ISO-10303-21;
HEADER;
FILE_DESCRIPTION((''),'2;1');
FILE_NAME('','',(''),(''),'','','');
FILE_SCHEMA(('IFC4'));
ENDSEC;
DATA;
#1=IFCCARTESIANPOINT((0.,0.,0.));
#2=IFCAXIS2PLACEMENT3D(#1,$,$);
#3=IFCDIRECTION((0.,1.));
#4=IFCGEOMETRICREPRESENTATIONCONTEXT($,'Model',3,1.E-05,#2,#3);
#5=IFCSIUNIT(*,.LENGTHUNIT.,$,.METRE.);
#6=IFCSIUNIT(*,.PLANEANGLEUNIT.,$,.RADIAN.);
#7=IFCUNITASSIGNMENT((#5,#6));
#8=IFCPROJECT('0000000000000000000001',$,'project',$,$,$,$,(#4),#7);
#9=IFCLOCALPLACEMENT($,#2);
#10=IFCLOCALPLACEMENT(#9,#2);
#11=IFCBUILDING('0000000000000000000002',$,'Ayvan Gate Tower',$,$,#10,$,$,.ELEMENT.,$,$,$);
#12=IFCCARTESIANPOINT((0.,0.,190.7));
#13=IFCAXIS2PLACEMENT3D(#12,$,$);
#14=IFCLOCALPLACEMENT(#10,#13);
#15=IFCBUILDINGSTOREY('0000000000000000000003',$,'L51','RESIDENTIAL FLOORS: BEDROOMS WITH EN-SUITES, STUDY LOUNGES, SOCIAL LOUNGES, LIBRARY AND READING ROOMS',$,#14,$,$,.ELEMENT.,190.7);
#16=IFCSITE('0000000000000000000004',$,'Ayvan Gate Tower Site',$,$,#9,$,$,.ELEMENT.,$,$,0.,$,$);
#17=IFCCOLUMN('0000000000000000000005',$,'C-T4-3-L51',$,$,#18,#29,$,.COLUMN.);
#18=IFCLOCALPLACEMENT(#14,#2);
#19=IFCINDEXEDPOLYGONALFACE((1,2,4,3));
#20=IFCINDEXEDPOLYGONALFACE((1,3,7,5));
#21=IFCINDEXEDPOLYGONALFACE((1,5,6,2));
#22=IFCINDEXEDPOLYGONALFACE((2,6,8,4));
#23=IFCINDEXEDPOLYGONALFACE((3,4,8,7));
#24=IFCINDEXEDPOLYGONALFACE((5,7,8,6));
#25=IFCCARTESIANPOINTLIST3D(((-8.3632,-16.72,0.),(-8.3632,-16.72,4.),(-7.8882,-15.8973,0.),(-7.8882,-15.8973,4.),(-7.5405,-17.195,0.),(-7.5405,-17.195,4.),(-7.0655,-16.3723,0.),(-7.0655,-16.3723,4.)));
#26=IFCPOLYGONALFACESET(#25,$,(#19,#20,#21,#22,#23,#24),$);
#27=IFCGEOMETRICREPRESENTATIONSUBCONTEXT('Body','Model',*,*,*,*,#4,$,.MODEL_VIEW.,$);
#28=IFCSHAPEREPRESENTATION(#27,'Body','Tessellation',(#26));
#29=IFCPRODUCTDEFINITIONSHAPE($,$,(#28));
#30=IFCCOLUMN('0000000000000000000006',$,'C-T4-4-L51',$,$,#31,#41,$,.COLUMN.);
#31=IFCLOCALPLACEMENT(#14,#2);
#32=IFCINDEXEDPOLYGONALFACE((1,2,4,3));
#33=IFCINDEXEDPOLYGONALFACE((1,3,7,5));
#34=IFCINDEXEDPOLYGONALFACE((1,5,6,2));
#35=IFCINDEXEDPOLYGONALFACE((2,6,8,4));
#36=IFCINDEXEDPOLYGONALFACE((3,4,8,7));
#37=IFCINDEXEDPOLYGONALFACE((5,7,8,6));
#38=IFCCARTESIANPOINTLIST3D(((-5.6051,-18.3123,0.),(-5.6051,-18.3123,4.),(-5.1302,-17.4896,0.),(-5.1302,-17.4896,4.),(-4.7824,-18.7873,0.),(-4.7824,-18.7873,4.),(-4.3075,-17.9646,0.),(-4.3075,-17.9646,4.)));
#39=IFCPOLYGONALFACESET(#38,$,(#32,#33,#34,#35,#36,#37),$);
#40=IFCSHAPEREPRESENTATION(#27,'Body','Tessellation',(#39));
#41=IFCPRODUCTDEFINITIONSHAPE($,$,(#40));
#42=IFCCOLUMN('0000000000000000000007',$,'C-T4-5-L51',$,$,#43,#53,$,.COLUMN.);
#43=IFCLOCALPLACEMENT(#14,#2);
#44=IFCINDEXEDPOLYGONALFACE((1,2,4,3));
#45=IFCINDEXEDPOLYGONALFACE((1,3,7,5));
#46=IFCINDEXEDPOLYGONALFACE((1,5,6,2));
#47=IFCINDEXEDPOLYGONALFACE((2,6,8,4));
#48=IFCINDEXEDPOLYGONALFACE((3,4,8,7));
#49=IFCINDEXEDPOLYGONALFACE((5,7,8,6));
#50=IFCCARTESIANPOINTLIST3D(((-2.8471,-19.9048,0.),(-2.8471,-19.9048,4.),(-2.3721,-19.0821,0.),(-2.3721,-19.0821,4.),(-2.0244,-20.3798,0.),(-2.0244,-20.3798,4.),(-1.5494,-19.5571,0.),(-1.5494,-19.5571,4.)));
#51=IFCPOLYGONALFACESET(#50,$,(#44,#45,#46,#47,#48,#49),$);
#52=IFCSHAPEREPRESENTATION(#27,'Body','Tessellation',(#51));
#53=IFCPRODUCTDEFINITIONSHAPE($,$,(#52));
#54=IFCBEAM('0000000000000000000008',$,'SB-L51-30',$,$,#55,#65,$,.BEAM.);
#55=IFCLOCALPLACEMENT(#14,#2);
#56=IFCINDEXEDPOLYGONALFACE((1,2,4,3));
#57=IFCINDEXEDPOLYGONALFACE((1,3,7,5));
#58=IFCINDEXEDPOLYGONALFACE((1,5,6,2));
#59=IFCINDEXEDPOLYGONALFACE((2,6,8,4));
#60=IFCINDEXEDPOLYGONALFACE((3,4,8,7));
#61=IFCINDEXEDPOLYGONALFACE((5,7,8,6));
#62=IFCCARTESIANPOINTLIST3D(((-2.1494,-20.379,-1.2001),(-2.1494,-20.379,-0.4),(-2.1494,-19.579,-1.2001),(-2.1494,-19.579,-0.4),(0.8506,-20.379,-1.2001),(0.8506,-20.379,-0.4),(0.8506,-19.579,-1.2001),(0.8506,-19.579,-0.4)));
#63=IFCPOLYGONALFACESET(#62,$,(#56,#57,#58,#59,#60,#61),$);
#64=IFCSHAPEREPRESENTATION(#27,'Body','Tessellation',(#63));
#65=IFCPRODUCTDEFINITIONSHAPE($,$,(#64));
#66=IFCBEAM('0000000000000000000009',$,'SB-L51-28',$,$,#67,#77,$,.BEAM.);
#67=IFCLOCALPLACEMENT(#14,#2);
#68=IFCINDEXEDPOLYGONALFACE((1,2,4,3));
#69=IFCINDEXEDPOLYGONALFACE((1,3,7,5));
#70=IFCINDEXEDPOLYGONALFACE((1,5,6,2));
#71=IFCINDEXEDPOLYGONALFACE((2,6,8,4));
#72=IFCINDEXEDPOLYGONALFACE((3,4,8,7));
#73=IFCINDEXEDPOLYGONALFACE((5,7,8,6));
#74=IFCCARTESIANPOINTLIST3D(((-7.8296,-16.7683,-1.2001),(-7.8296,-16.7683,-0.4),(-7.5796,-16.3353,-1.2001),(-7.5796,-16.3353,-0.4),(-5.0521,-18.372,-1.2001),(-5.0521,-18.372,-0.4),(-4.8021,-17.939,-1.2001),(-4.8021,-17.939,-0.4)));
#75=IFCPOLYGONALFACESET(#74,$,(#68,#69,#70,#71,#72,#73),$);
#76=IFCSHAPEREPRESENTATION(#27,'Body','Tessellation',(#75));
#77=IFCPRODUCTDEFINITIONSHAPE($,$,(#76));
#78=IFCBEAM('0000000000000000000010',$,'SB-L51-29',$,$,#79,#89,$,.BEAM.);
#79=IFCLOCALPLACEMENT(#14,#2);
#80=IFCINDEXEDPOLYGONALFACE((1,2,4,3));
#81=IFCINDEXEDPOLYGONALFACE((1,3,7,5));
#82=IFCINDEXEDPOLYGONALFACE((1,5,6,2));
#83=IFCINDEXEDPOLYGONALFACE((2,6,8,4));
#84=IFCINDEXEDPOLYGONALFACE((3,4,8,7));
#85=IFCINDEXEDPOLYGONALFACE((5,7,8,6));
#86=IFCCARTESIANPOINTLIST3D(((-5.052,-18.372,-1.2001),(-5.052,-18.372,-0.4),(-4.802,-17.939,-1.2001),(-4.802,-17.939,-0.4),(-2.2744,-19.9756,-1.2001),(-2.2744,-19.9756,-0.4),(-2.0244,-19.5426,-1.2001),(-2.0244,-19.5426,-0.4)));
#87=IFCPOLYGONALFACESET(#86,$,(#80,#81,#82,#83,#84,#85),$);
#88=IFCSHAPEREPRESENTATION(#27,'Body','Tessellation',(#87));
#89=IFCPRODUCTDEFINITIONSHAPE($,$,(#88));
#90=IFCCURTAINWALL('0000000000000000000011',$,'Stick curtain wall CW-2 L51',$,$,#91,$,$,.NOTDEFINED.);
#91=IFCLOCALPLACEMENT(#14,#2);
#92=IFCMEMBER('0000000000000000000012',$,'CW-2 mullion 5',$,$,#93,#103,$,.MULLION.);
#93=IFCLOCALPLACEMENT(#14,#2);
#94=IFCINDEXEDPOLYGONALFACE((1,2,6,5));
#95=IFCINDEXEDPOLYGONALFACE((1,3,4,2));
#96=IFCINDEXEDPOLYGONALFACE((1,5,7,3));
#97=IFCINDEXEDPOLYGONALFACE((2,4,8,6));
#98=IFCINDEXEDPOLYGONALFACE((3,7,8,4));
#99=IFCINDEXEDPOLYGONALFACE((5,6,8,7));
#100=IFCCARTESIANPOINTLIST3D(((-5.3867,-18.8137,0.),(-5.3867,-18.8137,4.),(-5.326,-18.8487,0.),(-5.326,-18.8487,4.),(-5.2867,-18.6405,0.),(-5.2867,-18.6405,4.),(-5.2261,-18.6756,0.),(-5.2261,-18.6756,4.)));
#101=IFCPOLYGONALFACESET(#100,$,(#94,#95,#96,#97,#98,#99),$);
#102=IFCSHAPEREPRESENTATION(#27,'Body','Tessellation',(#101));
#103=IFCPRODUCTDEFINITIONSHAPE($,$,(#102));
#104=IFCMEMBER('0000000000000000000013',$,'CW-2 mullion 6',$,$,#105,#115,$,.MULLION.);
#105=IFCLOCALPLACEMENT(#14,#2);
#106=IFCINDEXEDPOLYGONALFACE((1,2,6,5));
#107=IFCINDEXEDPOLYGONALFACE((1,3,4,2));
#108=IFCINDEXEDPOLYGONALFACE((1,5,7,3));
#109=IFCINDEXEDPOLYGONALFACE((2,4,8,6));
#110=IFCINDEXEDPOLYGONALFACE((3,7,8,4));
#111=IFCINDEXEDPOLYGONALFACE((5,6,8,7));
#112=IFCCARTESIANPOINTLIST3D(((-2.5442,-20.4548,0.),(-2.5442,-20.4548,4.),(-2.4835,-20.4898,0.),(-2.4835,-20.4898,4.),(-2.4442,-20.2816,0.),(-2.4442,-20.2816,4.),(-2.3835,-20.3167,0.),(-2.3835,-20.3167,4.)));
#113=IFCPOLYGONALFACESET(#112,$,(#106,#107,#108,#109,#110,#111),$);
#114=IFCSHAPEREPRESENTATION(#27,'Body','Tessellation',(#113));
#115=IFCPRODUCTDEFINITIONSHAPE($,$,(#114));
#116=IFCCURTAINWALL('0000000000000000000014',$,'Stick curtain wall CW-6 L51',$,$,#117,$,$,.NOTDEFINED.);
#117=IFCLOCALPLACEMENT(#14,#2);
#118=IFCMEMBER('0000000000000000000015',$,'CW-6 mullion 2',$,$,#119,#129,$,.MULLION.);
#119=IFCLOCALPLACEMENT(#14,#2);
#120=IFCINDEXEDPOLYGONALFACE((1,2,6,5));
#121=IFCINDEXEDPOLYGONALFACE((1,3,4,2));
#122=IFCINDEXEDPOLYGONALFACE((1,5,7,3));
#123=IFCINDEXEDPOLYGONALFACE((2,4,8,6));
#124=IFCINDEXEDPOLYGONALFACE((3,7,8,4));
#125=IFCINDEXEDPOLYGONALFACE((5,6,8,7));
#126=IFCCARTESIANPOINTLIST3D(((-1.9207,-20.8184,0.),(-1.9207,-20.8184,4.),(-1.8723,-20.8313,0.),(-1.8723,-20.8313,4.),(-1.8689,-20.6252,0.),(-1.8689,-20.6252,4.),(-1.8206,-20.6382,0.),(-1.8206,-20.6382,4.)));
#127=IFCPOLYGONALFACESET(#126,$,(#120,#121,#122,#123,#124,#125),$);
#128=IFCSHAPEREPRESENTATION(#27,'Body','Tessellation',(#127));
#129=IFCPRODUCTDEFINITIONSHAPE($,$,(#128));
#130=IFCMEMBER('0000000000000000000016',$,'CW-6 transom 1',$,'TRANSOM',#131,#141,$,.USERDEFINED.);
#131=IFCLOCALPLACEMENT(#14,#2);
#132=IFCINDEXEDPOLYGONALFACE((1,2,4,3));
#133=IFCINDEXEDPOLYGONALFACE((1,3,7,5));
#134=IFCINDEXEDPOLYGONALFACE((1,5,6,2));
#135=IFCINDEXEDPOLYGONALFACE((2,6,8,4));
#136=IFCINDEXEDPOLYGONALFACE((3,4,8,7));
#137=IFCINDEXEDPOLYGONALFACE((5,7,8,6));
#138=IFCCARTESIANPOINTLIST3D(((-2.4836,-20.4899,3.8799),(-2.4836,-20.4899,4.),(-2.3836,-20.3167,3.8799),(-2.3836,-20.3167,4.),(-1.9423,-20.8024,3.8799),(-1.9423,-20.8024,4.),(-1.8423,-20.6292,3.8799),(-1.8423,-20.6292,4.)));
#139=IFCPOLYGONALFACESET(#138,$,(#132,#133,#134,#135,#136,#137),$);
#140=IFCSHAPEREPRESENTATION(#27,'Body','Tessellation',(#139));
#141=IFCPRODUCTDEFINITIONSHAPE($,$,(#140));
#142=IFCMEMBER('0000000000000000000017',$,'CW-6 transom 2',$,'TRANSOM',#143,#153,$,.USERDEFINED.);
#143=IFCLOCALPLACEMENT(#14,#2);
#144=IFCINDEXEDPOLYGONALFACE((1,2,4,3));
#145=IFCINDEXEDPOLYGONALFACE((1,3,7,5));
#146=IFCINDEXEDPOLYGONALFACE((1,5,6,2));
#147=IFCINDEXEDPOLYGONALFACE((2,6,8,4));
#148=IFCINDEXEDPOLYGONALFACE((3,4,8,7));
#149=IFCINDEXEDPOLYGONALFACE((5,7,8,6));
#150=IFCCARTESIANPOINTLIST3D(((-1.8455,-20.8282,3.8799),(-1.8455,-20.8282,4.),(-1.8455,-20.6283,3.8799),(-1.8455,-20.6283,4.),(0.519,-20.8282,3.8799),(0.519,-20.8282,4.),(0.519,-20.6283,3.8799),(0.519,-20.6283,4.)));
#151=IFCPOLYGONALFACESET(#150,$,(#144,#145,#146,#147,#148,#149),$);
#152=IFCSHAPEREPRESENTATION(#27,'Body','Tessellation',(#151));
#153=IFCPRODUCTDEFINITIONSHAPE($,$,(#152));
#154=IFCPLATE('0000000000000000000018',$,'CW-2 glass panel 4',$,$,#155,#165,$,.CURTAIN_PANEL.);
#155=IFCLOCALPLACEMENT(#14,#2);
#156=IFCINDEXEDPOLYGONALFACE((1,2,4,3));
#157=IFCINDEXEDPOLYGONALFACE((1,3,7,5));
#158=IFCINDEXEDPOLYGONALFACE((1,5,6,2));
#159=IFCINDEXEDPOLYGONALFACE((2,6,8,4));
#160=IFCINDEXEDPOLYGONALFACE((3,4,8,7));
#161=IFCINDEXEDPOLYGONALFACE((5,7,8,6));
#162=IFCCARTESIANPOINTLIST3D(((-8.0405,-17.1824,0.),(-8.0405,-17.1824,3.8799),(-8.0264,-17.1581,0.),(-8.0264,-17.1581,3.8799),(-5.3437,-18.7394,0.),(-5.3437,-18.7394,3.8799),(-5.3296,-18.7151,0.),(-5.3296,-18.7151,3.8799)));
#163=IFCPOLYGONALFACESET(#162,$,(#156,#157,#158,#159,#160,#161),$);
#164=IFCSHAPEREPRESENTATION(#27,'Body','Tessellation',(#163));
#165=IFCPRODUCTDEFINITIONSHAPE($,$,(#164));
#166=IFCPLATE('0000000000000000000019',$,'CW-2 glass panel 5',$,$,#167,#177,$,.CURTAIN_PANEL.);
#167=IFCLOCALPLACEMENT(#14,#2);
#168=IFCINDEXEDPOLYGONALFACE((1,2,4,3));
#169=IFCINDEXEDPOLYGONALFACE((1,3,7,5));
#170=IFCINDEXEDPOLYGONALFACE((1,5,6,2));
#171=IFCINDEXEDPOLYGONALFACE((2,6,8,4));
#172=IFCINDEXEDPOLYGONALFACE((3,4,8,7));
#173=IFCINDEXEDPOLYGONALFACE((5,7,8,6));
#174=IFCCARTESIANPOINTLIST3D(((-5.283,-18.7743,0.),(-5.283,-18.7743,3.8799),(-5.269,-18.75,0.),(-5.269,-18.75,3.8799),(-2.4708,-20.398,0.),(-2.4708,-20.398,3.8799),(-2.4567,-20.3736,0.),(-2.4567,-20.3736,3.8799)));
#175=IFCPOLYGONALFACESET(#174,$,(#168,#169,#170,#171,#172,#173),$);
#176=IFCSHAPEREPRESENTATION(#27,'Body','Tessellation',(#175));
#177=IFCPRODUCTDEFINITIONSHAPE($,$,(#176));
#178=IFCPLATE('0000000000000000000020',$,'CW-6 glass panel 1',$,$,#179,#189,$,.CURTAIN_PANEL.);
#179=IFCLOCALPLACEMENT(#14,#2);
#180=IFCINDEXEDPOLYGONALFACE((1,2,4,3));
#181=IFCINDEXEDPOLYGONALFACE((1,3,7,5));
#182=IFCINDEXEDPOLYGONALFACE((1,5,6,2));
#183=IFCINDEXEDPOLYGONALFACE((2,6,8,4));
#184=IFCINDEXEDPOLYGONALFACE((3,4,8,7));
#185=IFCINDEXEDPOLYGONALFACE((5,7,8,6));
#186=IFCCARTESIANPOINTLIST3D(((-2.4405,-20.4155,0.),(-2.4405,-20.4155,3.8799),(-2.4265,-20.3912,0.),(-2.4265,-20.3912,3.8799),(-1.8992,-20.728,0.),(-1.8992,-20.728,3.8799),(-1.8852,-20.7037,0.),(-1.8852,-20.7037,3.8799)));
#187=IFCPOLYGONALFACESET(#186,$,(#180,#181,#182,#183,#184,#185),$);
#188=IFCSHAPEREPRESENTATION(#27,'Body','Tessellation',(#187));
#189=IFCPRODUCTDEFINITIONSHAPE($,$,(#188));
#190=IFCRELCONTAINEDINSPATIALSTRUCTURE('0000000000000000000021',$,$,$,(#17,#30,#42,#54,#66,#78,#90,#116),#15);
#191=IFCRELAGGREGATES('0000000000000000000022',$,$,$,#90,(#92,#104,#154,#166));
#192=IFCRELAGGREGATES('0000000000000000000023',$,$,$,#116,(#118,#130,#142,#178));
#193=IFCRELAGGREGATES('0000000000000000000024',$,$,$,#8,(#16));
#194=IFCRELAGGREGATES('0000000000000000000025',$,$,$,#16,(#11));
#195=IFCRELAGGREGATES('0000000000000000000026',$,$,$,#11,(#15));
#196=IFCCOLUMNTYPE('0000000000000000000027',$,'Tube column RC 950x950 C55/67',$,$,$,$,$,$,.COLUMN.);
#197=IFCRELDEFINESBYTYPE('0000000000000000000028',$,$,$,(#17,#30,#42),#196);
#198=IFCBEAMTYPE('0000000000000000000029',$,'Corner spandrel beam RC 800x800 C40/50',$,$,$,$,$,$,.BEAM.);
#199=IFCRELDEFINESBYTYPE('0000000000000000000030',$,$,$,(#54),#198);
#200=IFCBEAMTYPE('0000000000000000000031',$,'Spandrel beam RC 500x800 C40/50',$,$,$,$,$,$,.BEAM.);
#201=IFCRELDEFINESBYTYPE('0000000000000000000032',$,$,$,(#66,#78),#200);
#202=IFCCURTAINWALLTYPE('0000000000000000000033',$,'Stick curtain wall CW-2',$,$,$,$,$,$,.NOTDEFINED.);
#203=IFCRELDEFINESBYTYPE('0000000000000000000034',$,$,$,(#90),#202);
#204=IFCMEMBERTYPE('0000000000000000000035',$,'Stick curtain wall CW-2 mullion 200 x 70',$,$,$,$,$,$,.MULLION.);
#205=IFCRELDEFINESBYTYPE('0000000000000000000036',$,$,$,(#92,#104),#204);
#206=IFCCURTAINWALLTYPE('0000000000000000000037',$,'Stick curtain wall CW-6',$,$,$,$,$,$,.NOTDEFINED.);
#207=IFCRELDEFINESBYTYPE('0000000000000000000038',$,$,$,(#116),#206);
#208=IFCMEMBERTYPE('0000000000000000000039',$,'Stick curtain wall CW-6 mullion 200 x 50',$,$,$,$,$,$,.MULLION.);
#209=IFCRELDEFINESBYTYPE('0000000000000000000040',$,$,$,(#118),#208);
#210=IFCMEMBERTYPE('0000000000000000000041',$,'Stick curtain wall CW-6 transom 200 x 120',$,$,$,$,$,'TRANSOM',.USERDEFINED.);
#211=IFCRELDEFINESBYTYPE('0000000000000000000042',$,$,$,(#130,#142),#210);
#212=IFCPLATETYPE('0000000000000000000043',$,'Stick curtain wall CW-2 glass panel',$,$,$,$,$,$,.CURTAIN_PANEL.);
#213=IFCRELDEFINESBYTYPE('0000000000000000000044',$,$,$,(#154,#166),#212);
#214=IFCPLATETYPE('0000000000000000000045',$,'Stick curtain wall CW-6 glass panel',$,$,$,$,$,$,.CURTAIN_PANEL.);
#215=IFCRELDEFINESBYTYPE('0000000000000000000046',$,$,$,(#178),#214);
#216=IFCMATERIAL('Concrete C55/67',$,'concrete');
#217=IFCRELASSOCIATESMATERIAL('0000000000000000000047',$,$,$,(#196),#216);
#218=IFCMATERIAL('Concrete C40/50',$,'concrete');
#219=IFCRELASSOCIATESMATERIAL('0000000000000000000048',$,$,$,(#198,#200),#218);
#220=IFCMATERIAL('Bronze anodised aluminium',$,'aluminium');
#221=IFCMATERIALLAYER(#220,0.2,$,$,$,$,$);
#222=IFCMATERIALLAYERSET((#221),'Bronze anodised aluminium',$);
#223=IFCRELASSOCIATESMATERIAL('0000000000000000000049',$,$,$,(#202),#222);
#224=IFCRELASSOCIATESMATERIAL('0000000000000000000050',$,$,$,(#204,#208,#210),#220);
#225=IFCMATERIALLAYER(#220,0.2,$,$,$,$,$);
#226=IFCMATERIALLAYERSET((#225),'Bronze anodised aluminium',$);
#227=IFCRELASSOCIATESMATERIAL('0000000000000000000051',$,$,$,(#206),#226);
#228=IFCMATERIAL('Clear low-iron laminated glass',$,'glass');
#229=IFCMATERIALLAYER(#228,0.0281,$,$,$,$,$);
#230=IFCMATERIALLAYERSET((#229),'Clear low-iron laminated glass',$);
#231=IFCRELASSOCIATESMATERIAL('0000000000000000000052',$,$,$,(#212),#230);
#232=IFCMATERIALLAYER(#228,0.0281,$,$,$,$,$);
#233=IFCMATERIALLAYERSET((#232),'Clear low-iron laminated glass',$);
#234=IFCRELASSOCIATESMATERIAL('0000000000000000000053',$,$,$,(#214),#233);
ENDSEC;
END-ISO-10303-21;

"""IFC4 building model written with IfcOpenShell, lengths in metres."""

from ifc_helpers import new_model, si_unit, direction, frame, origin, origin_2d, place, context, subcontext, project, spatial, rectangle, extrude, material, layer, layer_set, material_profile, profile_set, type_object, element, aggregate, save


model = new_model("IFC4")

# Units and contexts
model_context = context("Model", 3, precision=1e-05, world=origin(), true_north=direction((0.0, 1.0)))
body_context = subcontext(model_context, "Body", "Model", "MODEL_VIEW")
ifc_project = project(units=[si_unit("LENGTHUNIT", "METRE"), si_unit("PLANEANGLEUNIT", "RADIAN")], contexts=[model_context])

# Site, building, storey
site_placement = place(None, origin())
site = spatial("IfcSite", under=ifc_project, at=site_placement, Name="Ayvan Gate Tower Site", CompositionType="ELEMENT", RefElevation=0.0)
building_placement = place(site_placement, origin())
building = spatial("IfcBuilding", under=site, at=building_placement, Name="Ayvan Gate Tower", CompositionType="ELEMENT")
storey_placement = place(building_placement, frame((0.0, 0.0, 190.7)))
storey = spatial("IfcBuildingStorey", under=building, at=storey_placement, Name="L51", Description="RESIDENTIAL FLOORS: BEDROOMS WITH EN-SUITES, STUDY LOUNGES, SOCIAL LOUNGES, LIBRARY AND READING ROOMS", CompositionType="ELEMENT", Elevation=190.7)

# Columns
ifc_material_1 = material(Name="Concrete C55/67", Category="concrete")
ifc_material_profile_1 = material_profile(ifc_material_1, rectangle(XDim=0.95, YDim=0.95, at=origin_2d()), Name="RC 950x950")
ifc_profile_set_1 = profile_set([ifc_material_profile_1], Name="Concrete C55/67")
column_type = type_object("IfcColumnType", Name="Tube column RC 950x950 C55/67", PredefinedType="COLUMN", material=ifc_profile_set_1)
for number, where, z_axis, x_axis, name in (
    (1, (-7.7144, -16.5461, 0.0), (0.0, 0.0, 1.0), (-0.5, -0.866025, 0.0), "C-T4-3-L51"),
    (2, (-4.9563, -18.1384, 0.0), (0.0, 0.0, 1.0), (-0.5, -0.866025, 0.0), "C-T4-4-L51"),
    (3, (-2.1982, -19.731, 0.0), (0.0, 0.0, 1.0), (-0.5, -0.866025, 0.0), "C-T4-5-L51"),
):
    element("IfcColumn", number, at=place(storey_placement, frame(where, z_axis=z_axis, x_axis=x_axis)), inside=storey, type_object=column_type, Name=name, PredefinedType="COLUMN", context=body_context, shape_type="SweptSolid", body=[
        extrude(rectangle(XDim=0.95, YDim=0.95, at=origin_2d()), origin(), (0.0, 0.0, 1.0), 4.0),
    ])

# Beams
ifc_material_2 = material(Name="Concrete C40/50", Category="concrete")
ifc_material_profile_2 = material_profile(ifc_material_2, rectangle(XDim=0.8, YDim=0.8, at=origin_2d()), Name="RC 800x800")
ifc_profile_set_2 = profile_set([ifc_material_profile_2], Name="Concrete C40/50")
beam_type_1 = type_object("IfcBeamType", Name="Corner spandrel beam RC 800x800 C40/50", PredefinedType="BEAM", material=ifc_profile_set_2)
beam_placement = place(storey_placement, frame((-2.1494, -19.979, -0.8), z_axis=(1.0, 0.0, 0.0), x_axis=(0.0, 1.0, 0.0)))
element("IfcBeam", 4, at=beam_placement, inside=storey, type_object=beam_type_1, Name="SB-L51-30", PredefinedType="BEAM", context=body_context, shape_type="SweptSolid", body=[
    extrude(rectangle(XDim=0.8, YDim=0.8, at=origin_2d()), origin(), (0.0, 0.0, 1.0), 3.0),
])
ifc_material_profile_3 = material_profile(ifc_material_2, rectangle(XDim=0.5, YDim=0.8, at=origin_2d()), Name="RC 500x800")
ifc_profile_set_3 = profile_set([ifc_material_profile_3], Name="Concrete C40/50")
beam_type_2 = type_object("IfcBeamType", Name="Spandrel beam RC 500x800 C40/50", PredefinedType="BEAM", material=ifc_profile_set_3)
for number, where, z_axis, x_axis, name in (
    (5, (-7.7046, -16.5518, -0.8), (0.866009, -0.500028, 0.0), (0.500028, 0.866009, 0.0), "SB-L51-28"),
    (6, (-4.927, -18.1555, -0.8), (0.866042, -0.499971, 0.0), (0.499971, 0.866042, 0.0), "SB-L51-29"),
):
    element("IfcBeam", number, at=place(storey_placement, frame(where, z_axis=z_axis, x_axis=x_axis)), inside=storey, type_object=beam_type_2, Name=name, PredefinedType="BEAM", context=body_context, shape_type="SweptSolid", body=[
        extrude(rectangle(XDim=0.5, YDim=0.8, at=origin_2d()), origin(), (0.0, 0.0, 1.0), 3.2073),
    ])

# Curtain walls, members
ifc_material_3 = material(Name="Bronze anodised aluminium", Category="aluminium")
ifc_layer_1 = layer(ifc_material_3, 0.2)
ifc_layer_set_1 = layer_set([ifc_layer_1], Name="Bronze anodised aluminium")
curtain_wall_type_1 = type_object("IfcCurtainWallType", Name="Stick curtain wall CW-2", PredefinedType="NOTDEFINED", material=ifc_layer_set_1)
curtain_wall_1_placement = place(storey_placement, origin())
curtain_wall_1 = element("IfcCurtainWall", 7, at=curtain_wall_1_placement, inside=storey, type_object=curtain_wall_type_1, Name="Stick curtain wall CW-2 L51", PredefinedType="NOTDEFINED")
ifc_material_profile_4 = material_profile(ifc_material_3, rectangle(XDim=0.2, YDim=0.0701, at=origin_2d()), Name="Stick curtain wall CW-2 mullion 200 x 70")
ifc_profile_set_4 = profile_set([ifc_material_profile_4], Name="Bronze anodised aluminium")
member_type_1 = type_object("IfcMemberType", Name="Stick curtain wall CW-2 mullion 200 x 70", PredefinedType="MULLION", material=ifc_profile_set_4)
member_1_placement = place(storey_placement, frame((-5.3064, -18.7446, 0.0), z_axis=(0.0, 0.0, 1.0), x_axis=(-0.5, -0.866025, 0.0)))
member_1 = element("IfcMember", 8, at=member_1_placement, type_object=member_type_1, Name="CW-2 mullion 5", PredefinedType="MULLION", context=body_context, shape_type="SweptSolid", body=[
    extrude(rectangle(XDim=0.2, YDim=0.0701, at=origin_2d()), origin(), (0.0, 0.0, 1.0), 4.0),
])
member_2_placement = place(storey_placement, frame((-2.4639, -20.3857, 0.0), z_axis=(0.0, 0.0, 1.0), x_axis=(-0.5, -0.866025, 0.0)))
member_2 = element("IfcMember", 9, at=member_2_placement, type_object=member_type_1, Name="CW-2 mullion 6", PredefinedType="MULLION", context=body_context, shape_type="SweptSolid", body=[
    extrude(rectangle(XDim=0.2, YDim=0.0701, at=origin_2d()), origin(), (0.0, 0.0, 1.0), 4.0),
])
ifc_layer_2 = layer(ifc_material_3, 0.2)
ifc_layer_set_2 = layer_set([ifc_layer_2], Name="Bronze anodised aluminium")
curtain_wall_type_2 = type_object("IfcCurtainWallType", Name="Stick curtain wall CW-6", PredefinedType="NOTDEFINED", material=ifc_layer_set_2)
curtain_wall_2_placement = place(storey_placement, origin())
curtain_wall_2 = element("IfcCurtainWall", 10, at=curtain_wall_2_placement, inside=storey, type_object=curtain_wall_type_2, Name="Stick curtain wall CW-6 L51", PredefinedType="NOTDEFINED")
ifc_material_profile_5 = material_profile(ifc_material_3, rectangle(XDim=0.2, YDim=0.05, at=origin_2d()), Name="Stick curtain wall CW-6 mullion 200 x 50")
ifc_profile_set_5 = profile_set([ifc_material_profile_5], Name="Bronze anodised aluminium")
member_type_2 = type_object("IfcMemberType", Name="Stick curtain wall CW-6 mullion 200 x 50", PredefinedType="MULLION", material=ifc_profile_set_5)
member_3_placement = place(storey_placement, frame((-1.8706, -20.7283, 0.0), z_axis=(0.0, 0.0, 1.0), x_axis=(-0.258819, -0.965926, 0.0)))
member_3 = element("IfcMember", 11, at=member_3_placement, type_object=member_type_2, Name="CW-6 mullion 2", PredefinedType="MULLION", context=body_context, shape_type="SweptSolid", body=[
    extrude(rectangle(XDim=0.2, YDim=0.05, at=origin_2d()), origin(), (0.0, 0.0, 1.0), 4.0),
])
ifc_material_profile_6 = material_profile(ifc_material_3, rectangle(XDim=0.2, YDim=0.1201, at=origin_2d()), Name="Stick curtain wall CW-6 transom 200 x 120")
ifc_profile_set_6 = profile_set([ifc_material_profile_6], Name="Bronze anodised aluminium")
member_type_3 = type_object("IfcMemberType", Name="Stick curtain wall CW-6 transom 200 x 120", ElementType="TRANSOM", PredefinedType="USERDEFINED", material=ifc_profile_set_6)
member_4_placement = place(storey_placement, frame((-2.4336, -20.4033, 3.9399), z_axis=(0.866023, -0.500004, 0.0), x_axis=(0.500004, 0.866023, 0.0)))
member_4 = element("IfcMember", 12, at=member_4_placement, type_object=member_type_3, Name="CW-6 transom 1", ObjectType="TRANSOM", PredefinedType="USERDEFINED", context=body_context, shape_type="SweptSolid", body=[
    extrude(rectangle(XDim=0.2, YDim=0.1201, at=origin_2d()), origin(), (0.0, 0.0, 1.0), 0.625),
])
member_5_placement = place(storey_placement, frame((-1.8455, -20.7283, 3.9399), z_axis=(1.0, 0.0, 0.0), x_axis=(0.0, 1.0, 0.0)))
member_5 = element("IfcMember", 13, at=member_5_placement, type_object=member_type_3, Name="CW-6 transom 2", ObjectType="TRANSOM", PredefinedType="USERDEFINED", context=body_context, shape_type="SweptSolid", body=[
    extrude(rectangle(XDim=0.2, YDim=0.1201, at=origin_2d()), origin(), (0.0, 0.0, 1.0), 2.3645),
])

# Plates
ifc_material_4 = material(Name="Clear low-iron laminated glass", Category="glass")
ifc_layer_3 = layer(ifc_material_4, 0.0281)
ifc_layer_set_3 = layer_set([ifc_layer_3], Name="Clear low-iron laminated glass")
plate_type_1 = type_object("IfcPlateType", Name="Stick curtain wall CW-2 glass panel", PredefinedType="CURTAIN_PANEL", material=ifc_layer_set_3)
plate_1_placement = place(storey_placement, frame((-6.6851, -17.9487, 0.0), z_axis=(0.0, 0.0, 1.0), x_axis=(0.866025, -0.5, 0.0)))
plate_1 = element("IfcPlate", 14, at=plate_1_placement, type_object=plate_type_1, Name="CW-2 glass panel 4", PredefinedType="CURTAIN_PANEL", context=body_context, shape_type="SweptSolid", body=[
    extrude(rectangle(XDim=3.114, YDim=0.0281, at=origin_2d()), origin(), (0.0, 0.0, 1.0), 3.8799),
])
plate_2_placement = place(storey_placement, frame((-3.8699, -19.574, 0.0), z_axis=(0.0, 0.0, 1.0), x_axis=(0.866025, -0.5, 0.0)))
plate_2 = element("IfcPlate", 15, at=plate_2_placement, type_object=plate_type_1, Name="CW-2 glass panel 5", PredefinedType="CURTAIN_PANEL", context=body_context, shape_type="SweptSolid", body=[
    extrude(rectangle(XDim=3.2473, YDim=0.0281, at=origin_2d()), origin(), (0.0, 0.0, 1.0), 3.8799),
])
aggregate(curtain_wall_1, [member_1, member_2, plate_1, plate_2])
ifc_layer_4 = layer(ifc_material_4, 0.0281)
ifc_layer_set_4 = layer_set([ifc_layer_4], Name="Clear low-iron laminated glass")
plate_type_2 = type_object("IfcPlateType", Name="Stick curtain wall CW-6 glass panel", PredefinedType="CURTAIN_PANEL", material=ifc_layer_set_4)
plate_3_placement = place(storey_placement, frame((-2.1628, -20.5596, 0.0), z_axis=(0.0, 0.0, 1.0), x_axis=(0.866025, -0.5, 0.0)))
plate_3 = element("IfcPlate", 16, at=plate_3_placement, type_object=plate_type_2, Name="CW-6 glass panel 1", PredefinedType="CURTAIN_PANEL", context=body_context, shape_type="SweptSolid", body=[
    extrude(rectangle(XDim=0.625, YDim=0.0281, at=origin_2d()), origin(), (0.0, 0.0, 1.0), 3.8799),
])
aggregate(curtain_wall_2, [member_3, member_4, member_5, plate_3])

save(model, "model.ifc")
